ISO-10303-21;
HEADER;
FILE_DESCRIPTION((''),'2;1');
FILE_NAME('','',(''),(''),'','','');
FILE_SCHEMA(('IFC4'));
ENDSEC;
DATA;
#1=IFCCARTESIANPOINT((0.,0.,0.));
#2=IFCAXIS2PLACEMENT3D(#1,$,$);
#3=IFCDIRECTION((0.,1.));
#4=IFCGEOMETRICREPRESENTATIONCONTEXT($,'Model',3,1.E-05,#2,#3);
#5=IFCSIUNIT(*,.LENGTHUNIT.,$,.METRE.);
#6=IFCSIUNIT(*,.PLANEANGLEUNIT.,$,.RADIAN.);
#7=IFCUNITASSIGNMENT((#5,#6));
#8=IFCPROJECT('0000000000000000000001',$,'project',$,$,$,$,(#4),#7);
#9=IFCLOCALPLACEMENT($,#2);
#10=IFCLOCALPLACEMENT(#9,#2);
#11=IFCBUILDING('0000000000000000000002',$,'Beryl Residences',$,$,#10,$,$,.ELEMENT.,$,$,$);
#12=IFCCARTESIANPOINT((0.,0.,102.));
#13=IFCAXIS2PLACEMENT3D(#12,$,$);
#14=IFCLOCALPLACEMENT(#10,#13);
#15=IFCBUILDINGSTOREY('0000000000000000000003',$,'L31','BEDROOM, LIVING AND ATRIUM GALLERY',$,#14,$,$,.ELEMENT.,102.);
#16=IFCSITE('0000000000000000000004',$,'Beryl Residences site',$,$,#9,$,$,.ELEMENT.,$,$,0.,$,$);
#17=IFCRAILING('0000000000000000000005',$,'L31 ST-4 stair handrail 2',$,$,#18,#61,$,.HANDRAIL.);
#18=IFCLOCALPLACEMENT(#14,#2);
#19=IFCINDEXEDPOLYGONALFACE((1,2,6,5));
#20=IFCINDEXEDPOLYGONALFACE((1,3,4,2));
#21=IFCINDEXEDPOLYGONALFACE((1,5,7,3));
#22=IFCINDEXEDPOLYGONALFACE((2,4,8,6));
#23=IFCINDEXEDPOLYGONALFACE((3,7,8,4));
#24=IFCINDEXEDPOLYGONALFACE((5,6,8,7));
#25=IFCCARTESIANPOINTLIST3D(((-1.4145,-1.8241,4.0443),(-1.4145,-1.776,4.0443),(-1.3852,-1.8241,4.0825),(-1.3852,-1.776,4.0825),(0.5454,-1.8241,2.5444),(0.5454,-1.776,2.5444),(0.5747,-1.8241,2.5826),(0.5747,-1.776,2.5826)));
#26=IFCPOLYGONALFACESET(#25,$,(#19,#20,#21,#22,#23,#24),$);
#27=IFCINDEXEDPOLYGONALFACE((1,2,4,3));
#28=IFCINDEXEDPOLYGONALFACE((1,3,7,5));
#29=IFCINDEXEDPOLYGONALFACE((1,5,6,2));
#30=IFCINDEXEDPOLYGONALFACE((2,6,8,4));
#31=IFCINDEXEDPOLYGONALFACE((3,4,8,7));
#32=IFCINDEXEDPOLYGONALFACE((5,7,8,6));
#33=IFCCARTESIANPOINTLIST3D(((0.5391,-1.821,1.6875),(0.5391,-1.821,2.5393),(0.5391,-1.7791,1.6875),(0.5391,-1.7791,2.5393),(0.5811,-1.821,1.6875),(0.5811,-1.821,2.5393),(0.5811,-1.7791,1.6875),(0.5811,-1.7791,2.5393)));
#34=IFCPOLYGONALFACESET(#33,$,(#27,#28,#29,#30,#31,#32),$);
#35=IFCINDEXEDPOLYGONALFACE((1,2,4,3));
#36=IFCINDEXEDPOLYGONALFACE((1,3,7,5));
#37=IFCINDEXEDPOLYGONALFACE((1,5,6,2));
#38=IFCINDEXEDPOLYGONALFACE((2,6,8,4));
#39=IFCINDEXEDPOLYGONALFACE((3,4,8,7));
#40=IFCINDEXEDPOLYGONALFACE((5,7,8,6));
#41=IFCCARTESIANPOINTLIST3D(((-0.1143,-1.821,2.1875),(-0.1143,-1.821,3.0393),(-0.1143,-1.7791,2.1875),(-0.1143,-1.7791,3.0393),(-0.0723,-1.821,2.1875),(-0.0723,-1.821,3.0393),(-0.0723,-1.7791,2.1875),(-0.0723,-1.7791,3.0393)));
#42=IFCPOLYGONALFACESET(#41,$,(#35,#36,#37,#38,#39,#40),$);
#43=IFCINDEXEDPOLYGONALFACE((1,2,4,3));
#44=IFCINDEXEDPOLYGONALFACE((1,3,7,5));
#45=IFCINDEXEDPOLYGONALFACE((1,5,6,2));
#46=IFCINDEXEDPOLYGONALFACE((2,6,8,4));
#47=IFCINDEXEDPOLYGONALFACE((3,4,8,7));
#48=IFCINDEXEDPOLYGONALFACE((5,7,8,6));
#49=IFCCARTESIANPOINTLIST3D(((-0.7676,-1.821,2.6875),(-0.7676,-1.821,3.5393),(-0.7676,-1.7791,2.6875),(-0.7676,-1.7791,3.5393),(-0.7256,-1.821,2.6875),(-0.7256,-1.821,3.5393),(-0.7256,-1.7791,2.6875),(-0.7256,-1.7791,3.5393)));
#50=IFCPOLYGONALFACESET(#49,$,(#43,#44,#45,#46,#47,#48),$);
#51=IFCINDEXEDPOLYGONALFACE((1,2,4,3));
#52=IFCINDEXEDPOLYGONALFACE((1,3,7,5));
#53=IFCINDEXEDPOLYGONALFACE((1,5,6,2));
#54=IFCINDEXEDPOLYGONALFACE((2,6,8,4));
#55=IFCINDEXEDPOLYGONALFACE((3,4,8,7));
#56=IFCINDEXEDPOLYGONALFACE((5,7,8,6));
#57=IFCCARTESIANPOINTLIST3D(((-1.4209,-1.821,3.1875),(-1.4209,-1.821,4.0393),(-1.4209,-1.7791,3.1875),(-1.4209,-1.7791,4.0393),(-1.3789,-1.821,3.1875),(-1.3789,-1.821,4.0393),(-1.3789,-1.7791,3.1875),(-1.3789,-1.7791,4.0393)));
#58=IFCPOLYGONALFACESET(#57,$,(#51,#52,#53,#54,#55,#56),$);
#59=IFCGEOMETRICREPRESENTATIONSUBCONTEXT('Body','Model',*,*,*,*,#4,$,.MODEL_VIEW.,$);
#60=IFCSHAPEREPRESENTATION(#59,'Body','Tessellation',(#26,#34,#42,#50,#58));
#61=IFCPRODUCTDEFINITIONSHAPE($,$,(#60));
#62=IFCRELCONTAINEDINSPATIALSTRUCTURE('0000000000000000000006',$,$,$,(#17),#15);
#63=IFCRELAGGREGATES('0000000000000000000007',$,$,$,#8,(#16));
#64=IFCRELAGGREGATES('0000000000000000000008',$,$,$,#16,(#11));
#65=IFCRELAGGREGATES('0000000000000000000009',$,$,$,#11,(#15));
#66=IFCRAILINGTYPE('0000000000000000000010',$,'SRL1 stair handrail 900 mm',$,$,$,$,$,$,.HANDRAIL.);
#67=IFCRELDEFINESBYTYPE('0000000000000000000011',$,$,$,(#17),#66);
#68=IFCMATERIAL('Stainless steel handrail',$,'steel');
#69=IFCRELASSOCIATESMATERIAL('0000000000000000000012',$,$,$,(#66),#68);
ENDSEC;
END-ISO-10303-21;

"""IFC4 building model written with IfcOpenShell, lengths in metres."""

from ifc_helpers import new_model, si_unit, direction, frame, origin, origin_2d, place, context, subcontext, project, spatial, rectangle, extrude, material, type_object, element, save


model = new_model("IFC4")

# Units and contexts
model_context = context("Model", 3, precision=1e-05, world=origin(), true_north=direction((0.0, 1.0)))
body_context = subcontext(model_context, "Body", "Model", "MODEL_VIEW")
ifc_project = project(units=[si_unit("LENGTHUNIT", "METRE"), si_unit("PLANEANGLEUNIT", "RADIAN")], contexts=[model_context])

# Site, building, storey
site_placement = place(None, origin())
site = spatial("IfcSite", under=ifc_project, at=site_placement, Name="Beryl Residences site", CompositionType="ELEMENT", RefElevation=0.0)
building_placement = place(site_placement, origin())
building = spatial("IfcBuilding", under=site, at=building_placement, Name="Beryl Residences", CompositionType="ELEMENT")
storey_placement = place(building_placement, frame((0.0, 0.0, 102.0)))
storey = spatial("IfcBuildingStorey", under=building, at=storey_placement, Name="L31", Description="BEDROOM, LIVING AND ATRIUM GALLERY", CompositionType="ELEMENT", Elevation=102.0)

# Railing
ifc_material_1 = material(Name="Stainless steel handrail", Category="steel")
railing_type_1 = type_object("IfcRailingType", Name="SRL1 stair handrail 900 mm", PredefinedType="HANDRAIL", material=ifc_material_1)
railing_1_placement = place(storey_placement, frame((0.5601, -1.8, 1.6875)))
element("IfcRailing", 1, at=railing_1_placement, inside=storey, type_object=railing_type_1, Name="L31 ST-4 stair handrail 2", PredefinedType="HANDRAIL", context=body_context, shape_type="SweptSolid", body=[
    extrude(rectangle(XDim=0.0481, YDim=0.0481, at=origin_2d()), frame((0.0, 0.0, 0.876), z_axis=(-0.794122, 0.0, 0.607758), x_axis=(0.0, -1.0, 0.0)), (0.0, 0.0, 1.0), 2.468),
    extrude(rectangle(XDim=0.042, YDim=0.042, at=origin_2d()), origin(), (0.0, 0.0, 1.0), 0.8518),
    extrude(rectangle(XDim=0.042, YDim=0.042, at=origin_2d()), frame((-0.6533, 0.0, 0.5)), (0.0, 0.0, 1.0), 0.8518),
    extrude(rectangle(XDim=0.042, YDim=0.042, at=origin_2d()), frame((-1.3066, 0.0, 1.0)), (0.0, 0.0, 1.0), 0.8518),
    extrude(rectangle(XDim=0.042, YDim=0.042, at=origin_2d()), frame((-1.96, 0.0, 1.5)), (0.0, 0.0, 1.0), 0.8518),
])

save(model, "model.ifc")
